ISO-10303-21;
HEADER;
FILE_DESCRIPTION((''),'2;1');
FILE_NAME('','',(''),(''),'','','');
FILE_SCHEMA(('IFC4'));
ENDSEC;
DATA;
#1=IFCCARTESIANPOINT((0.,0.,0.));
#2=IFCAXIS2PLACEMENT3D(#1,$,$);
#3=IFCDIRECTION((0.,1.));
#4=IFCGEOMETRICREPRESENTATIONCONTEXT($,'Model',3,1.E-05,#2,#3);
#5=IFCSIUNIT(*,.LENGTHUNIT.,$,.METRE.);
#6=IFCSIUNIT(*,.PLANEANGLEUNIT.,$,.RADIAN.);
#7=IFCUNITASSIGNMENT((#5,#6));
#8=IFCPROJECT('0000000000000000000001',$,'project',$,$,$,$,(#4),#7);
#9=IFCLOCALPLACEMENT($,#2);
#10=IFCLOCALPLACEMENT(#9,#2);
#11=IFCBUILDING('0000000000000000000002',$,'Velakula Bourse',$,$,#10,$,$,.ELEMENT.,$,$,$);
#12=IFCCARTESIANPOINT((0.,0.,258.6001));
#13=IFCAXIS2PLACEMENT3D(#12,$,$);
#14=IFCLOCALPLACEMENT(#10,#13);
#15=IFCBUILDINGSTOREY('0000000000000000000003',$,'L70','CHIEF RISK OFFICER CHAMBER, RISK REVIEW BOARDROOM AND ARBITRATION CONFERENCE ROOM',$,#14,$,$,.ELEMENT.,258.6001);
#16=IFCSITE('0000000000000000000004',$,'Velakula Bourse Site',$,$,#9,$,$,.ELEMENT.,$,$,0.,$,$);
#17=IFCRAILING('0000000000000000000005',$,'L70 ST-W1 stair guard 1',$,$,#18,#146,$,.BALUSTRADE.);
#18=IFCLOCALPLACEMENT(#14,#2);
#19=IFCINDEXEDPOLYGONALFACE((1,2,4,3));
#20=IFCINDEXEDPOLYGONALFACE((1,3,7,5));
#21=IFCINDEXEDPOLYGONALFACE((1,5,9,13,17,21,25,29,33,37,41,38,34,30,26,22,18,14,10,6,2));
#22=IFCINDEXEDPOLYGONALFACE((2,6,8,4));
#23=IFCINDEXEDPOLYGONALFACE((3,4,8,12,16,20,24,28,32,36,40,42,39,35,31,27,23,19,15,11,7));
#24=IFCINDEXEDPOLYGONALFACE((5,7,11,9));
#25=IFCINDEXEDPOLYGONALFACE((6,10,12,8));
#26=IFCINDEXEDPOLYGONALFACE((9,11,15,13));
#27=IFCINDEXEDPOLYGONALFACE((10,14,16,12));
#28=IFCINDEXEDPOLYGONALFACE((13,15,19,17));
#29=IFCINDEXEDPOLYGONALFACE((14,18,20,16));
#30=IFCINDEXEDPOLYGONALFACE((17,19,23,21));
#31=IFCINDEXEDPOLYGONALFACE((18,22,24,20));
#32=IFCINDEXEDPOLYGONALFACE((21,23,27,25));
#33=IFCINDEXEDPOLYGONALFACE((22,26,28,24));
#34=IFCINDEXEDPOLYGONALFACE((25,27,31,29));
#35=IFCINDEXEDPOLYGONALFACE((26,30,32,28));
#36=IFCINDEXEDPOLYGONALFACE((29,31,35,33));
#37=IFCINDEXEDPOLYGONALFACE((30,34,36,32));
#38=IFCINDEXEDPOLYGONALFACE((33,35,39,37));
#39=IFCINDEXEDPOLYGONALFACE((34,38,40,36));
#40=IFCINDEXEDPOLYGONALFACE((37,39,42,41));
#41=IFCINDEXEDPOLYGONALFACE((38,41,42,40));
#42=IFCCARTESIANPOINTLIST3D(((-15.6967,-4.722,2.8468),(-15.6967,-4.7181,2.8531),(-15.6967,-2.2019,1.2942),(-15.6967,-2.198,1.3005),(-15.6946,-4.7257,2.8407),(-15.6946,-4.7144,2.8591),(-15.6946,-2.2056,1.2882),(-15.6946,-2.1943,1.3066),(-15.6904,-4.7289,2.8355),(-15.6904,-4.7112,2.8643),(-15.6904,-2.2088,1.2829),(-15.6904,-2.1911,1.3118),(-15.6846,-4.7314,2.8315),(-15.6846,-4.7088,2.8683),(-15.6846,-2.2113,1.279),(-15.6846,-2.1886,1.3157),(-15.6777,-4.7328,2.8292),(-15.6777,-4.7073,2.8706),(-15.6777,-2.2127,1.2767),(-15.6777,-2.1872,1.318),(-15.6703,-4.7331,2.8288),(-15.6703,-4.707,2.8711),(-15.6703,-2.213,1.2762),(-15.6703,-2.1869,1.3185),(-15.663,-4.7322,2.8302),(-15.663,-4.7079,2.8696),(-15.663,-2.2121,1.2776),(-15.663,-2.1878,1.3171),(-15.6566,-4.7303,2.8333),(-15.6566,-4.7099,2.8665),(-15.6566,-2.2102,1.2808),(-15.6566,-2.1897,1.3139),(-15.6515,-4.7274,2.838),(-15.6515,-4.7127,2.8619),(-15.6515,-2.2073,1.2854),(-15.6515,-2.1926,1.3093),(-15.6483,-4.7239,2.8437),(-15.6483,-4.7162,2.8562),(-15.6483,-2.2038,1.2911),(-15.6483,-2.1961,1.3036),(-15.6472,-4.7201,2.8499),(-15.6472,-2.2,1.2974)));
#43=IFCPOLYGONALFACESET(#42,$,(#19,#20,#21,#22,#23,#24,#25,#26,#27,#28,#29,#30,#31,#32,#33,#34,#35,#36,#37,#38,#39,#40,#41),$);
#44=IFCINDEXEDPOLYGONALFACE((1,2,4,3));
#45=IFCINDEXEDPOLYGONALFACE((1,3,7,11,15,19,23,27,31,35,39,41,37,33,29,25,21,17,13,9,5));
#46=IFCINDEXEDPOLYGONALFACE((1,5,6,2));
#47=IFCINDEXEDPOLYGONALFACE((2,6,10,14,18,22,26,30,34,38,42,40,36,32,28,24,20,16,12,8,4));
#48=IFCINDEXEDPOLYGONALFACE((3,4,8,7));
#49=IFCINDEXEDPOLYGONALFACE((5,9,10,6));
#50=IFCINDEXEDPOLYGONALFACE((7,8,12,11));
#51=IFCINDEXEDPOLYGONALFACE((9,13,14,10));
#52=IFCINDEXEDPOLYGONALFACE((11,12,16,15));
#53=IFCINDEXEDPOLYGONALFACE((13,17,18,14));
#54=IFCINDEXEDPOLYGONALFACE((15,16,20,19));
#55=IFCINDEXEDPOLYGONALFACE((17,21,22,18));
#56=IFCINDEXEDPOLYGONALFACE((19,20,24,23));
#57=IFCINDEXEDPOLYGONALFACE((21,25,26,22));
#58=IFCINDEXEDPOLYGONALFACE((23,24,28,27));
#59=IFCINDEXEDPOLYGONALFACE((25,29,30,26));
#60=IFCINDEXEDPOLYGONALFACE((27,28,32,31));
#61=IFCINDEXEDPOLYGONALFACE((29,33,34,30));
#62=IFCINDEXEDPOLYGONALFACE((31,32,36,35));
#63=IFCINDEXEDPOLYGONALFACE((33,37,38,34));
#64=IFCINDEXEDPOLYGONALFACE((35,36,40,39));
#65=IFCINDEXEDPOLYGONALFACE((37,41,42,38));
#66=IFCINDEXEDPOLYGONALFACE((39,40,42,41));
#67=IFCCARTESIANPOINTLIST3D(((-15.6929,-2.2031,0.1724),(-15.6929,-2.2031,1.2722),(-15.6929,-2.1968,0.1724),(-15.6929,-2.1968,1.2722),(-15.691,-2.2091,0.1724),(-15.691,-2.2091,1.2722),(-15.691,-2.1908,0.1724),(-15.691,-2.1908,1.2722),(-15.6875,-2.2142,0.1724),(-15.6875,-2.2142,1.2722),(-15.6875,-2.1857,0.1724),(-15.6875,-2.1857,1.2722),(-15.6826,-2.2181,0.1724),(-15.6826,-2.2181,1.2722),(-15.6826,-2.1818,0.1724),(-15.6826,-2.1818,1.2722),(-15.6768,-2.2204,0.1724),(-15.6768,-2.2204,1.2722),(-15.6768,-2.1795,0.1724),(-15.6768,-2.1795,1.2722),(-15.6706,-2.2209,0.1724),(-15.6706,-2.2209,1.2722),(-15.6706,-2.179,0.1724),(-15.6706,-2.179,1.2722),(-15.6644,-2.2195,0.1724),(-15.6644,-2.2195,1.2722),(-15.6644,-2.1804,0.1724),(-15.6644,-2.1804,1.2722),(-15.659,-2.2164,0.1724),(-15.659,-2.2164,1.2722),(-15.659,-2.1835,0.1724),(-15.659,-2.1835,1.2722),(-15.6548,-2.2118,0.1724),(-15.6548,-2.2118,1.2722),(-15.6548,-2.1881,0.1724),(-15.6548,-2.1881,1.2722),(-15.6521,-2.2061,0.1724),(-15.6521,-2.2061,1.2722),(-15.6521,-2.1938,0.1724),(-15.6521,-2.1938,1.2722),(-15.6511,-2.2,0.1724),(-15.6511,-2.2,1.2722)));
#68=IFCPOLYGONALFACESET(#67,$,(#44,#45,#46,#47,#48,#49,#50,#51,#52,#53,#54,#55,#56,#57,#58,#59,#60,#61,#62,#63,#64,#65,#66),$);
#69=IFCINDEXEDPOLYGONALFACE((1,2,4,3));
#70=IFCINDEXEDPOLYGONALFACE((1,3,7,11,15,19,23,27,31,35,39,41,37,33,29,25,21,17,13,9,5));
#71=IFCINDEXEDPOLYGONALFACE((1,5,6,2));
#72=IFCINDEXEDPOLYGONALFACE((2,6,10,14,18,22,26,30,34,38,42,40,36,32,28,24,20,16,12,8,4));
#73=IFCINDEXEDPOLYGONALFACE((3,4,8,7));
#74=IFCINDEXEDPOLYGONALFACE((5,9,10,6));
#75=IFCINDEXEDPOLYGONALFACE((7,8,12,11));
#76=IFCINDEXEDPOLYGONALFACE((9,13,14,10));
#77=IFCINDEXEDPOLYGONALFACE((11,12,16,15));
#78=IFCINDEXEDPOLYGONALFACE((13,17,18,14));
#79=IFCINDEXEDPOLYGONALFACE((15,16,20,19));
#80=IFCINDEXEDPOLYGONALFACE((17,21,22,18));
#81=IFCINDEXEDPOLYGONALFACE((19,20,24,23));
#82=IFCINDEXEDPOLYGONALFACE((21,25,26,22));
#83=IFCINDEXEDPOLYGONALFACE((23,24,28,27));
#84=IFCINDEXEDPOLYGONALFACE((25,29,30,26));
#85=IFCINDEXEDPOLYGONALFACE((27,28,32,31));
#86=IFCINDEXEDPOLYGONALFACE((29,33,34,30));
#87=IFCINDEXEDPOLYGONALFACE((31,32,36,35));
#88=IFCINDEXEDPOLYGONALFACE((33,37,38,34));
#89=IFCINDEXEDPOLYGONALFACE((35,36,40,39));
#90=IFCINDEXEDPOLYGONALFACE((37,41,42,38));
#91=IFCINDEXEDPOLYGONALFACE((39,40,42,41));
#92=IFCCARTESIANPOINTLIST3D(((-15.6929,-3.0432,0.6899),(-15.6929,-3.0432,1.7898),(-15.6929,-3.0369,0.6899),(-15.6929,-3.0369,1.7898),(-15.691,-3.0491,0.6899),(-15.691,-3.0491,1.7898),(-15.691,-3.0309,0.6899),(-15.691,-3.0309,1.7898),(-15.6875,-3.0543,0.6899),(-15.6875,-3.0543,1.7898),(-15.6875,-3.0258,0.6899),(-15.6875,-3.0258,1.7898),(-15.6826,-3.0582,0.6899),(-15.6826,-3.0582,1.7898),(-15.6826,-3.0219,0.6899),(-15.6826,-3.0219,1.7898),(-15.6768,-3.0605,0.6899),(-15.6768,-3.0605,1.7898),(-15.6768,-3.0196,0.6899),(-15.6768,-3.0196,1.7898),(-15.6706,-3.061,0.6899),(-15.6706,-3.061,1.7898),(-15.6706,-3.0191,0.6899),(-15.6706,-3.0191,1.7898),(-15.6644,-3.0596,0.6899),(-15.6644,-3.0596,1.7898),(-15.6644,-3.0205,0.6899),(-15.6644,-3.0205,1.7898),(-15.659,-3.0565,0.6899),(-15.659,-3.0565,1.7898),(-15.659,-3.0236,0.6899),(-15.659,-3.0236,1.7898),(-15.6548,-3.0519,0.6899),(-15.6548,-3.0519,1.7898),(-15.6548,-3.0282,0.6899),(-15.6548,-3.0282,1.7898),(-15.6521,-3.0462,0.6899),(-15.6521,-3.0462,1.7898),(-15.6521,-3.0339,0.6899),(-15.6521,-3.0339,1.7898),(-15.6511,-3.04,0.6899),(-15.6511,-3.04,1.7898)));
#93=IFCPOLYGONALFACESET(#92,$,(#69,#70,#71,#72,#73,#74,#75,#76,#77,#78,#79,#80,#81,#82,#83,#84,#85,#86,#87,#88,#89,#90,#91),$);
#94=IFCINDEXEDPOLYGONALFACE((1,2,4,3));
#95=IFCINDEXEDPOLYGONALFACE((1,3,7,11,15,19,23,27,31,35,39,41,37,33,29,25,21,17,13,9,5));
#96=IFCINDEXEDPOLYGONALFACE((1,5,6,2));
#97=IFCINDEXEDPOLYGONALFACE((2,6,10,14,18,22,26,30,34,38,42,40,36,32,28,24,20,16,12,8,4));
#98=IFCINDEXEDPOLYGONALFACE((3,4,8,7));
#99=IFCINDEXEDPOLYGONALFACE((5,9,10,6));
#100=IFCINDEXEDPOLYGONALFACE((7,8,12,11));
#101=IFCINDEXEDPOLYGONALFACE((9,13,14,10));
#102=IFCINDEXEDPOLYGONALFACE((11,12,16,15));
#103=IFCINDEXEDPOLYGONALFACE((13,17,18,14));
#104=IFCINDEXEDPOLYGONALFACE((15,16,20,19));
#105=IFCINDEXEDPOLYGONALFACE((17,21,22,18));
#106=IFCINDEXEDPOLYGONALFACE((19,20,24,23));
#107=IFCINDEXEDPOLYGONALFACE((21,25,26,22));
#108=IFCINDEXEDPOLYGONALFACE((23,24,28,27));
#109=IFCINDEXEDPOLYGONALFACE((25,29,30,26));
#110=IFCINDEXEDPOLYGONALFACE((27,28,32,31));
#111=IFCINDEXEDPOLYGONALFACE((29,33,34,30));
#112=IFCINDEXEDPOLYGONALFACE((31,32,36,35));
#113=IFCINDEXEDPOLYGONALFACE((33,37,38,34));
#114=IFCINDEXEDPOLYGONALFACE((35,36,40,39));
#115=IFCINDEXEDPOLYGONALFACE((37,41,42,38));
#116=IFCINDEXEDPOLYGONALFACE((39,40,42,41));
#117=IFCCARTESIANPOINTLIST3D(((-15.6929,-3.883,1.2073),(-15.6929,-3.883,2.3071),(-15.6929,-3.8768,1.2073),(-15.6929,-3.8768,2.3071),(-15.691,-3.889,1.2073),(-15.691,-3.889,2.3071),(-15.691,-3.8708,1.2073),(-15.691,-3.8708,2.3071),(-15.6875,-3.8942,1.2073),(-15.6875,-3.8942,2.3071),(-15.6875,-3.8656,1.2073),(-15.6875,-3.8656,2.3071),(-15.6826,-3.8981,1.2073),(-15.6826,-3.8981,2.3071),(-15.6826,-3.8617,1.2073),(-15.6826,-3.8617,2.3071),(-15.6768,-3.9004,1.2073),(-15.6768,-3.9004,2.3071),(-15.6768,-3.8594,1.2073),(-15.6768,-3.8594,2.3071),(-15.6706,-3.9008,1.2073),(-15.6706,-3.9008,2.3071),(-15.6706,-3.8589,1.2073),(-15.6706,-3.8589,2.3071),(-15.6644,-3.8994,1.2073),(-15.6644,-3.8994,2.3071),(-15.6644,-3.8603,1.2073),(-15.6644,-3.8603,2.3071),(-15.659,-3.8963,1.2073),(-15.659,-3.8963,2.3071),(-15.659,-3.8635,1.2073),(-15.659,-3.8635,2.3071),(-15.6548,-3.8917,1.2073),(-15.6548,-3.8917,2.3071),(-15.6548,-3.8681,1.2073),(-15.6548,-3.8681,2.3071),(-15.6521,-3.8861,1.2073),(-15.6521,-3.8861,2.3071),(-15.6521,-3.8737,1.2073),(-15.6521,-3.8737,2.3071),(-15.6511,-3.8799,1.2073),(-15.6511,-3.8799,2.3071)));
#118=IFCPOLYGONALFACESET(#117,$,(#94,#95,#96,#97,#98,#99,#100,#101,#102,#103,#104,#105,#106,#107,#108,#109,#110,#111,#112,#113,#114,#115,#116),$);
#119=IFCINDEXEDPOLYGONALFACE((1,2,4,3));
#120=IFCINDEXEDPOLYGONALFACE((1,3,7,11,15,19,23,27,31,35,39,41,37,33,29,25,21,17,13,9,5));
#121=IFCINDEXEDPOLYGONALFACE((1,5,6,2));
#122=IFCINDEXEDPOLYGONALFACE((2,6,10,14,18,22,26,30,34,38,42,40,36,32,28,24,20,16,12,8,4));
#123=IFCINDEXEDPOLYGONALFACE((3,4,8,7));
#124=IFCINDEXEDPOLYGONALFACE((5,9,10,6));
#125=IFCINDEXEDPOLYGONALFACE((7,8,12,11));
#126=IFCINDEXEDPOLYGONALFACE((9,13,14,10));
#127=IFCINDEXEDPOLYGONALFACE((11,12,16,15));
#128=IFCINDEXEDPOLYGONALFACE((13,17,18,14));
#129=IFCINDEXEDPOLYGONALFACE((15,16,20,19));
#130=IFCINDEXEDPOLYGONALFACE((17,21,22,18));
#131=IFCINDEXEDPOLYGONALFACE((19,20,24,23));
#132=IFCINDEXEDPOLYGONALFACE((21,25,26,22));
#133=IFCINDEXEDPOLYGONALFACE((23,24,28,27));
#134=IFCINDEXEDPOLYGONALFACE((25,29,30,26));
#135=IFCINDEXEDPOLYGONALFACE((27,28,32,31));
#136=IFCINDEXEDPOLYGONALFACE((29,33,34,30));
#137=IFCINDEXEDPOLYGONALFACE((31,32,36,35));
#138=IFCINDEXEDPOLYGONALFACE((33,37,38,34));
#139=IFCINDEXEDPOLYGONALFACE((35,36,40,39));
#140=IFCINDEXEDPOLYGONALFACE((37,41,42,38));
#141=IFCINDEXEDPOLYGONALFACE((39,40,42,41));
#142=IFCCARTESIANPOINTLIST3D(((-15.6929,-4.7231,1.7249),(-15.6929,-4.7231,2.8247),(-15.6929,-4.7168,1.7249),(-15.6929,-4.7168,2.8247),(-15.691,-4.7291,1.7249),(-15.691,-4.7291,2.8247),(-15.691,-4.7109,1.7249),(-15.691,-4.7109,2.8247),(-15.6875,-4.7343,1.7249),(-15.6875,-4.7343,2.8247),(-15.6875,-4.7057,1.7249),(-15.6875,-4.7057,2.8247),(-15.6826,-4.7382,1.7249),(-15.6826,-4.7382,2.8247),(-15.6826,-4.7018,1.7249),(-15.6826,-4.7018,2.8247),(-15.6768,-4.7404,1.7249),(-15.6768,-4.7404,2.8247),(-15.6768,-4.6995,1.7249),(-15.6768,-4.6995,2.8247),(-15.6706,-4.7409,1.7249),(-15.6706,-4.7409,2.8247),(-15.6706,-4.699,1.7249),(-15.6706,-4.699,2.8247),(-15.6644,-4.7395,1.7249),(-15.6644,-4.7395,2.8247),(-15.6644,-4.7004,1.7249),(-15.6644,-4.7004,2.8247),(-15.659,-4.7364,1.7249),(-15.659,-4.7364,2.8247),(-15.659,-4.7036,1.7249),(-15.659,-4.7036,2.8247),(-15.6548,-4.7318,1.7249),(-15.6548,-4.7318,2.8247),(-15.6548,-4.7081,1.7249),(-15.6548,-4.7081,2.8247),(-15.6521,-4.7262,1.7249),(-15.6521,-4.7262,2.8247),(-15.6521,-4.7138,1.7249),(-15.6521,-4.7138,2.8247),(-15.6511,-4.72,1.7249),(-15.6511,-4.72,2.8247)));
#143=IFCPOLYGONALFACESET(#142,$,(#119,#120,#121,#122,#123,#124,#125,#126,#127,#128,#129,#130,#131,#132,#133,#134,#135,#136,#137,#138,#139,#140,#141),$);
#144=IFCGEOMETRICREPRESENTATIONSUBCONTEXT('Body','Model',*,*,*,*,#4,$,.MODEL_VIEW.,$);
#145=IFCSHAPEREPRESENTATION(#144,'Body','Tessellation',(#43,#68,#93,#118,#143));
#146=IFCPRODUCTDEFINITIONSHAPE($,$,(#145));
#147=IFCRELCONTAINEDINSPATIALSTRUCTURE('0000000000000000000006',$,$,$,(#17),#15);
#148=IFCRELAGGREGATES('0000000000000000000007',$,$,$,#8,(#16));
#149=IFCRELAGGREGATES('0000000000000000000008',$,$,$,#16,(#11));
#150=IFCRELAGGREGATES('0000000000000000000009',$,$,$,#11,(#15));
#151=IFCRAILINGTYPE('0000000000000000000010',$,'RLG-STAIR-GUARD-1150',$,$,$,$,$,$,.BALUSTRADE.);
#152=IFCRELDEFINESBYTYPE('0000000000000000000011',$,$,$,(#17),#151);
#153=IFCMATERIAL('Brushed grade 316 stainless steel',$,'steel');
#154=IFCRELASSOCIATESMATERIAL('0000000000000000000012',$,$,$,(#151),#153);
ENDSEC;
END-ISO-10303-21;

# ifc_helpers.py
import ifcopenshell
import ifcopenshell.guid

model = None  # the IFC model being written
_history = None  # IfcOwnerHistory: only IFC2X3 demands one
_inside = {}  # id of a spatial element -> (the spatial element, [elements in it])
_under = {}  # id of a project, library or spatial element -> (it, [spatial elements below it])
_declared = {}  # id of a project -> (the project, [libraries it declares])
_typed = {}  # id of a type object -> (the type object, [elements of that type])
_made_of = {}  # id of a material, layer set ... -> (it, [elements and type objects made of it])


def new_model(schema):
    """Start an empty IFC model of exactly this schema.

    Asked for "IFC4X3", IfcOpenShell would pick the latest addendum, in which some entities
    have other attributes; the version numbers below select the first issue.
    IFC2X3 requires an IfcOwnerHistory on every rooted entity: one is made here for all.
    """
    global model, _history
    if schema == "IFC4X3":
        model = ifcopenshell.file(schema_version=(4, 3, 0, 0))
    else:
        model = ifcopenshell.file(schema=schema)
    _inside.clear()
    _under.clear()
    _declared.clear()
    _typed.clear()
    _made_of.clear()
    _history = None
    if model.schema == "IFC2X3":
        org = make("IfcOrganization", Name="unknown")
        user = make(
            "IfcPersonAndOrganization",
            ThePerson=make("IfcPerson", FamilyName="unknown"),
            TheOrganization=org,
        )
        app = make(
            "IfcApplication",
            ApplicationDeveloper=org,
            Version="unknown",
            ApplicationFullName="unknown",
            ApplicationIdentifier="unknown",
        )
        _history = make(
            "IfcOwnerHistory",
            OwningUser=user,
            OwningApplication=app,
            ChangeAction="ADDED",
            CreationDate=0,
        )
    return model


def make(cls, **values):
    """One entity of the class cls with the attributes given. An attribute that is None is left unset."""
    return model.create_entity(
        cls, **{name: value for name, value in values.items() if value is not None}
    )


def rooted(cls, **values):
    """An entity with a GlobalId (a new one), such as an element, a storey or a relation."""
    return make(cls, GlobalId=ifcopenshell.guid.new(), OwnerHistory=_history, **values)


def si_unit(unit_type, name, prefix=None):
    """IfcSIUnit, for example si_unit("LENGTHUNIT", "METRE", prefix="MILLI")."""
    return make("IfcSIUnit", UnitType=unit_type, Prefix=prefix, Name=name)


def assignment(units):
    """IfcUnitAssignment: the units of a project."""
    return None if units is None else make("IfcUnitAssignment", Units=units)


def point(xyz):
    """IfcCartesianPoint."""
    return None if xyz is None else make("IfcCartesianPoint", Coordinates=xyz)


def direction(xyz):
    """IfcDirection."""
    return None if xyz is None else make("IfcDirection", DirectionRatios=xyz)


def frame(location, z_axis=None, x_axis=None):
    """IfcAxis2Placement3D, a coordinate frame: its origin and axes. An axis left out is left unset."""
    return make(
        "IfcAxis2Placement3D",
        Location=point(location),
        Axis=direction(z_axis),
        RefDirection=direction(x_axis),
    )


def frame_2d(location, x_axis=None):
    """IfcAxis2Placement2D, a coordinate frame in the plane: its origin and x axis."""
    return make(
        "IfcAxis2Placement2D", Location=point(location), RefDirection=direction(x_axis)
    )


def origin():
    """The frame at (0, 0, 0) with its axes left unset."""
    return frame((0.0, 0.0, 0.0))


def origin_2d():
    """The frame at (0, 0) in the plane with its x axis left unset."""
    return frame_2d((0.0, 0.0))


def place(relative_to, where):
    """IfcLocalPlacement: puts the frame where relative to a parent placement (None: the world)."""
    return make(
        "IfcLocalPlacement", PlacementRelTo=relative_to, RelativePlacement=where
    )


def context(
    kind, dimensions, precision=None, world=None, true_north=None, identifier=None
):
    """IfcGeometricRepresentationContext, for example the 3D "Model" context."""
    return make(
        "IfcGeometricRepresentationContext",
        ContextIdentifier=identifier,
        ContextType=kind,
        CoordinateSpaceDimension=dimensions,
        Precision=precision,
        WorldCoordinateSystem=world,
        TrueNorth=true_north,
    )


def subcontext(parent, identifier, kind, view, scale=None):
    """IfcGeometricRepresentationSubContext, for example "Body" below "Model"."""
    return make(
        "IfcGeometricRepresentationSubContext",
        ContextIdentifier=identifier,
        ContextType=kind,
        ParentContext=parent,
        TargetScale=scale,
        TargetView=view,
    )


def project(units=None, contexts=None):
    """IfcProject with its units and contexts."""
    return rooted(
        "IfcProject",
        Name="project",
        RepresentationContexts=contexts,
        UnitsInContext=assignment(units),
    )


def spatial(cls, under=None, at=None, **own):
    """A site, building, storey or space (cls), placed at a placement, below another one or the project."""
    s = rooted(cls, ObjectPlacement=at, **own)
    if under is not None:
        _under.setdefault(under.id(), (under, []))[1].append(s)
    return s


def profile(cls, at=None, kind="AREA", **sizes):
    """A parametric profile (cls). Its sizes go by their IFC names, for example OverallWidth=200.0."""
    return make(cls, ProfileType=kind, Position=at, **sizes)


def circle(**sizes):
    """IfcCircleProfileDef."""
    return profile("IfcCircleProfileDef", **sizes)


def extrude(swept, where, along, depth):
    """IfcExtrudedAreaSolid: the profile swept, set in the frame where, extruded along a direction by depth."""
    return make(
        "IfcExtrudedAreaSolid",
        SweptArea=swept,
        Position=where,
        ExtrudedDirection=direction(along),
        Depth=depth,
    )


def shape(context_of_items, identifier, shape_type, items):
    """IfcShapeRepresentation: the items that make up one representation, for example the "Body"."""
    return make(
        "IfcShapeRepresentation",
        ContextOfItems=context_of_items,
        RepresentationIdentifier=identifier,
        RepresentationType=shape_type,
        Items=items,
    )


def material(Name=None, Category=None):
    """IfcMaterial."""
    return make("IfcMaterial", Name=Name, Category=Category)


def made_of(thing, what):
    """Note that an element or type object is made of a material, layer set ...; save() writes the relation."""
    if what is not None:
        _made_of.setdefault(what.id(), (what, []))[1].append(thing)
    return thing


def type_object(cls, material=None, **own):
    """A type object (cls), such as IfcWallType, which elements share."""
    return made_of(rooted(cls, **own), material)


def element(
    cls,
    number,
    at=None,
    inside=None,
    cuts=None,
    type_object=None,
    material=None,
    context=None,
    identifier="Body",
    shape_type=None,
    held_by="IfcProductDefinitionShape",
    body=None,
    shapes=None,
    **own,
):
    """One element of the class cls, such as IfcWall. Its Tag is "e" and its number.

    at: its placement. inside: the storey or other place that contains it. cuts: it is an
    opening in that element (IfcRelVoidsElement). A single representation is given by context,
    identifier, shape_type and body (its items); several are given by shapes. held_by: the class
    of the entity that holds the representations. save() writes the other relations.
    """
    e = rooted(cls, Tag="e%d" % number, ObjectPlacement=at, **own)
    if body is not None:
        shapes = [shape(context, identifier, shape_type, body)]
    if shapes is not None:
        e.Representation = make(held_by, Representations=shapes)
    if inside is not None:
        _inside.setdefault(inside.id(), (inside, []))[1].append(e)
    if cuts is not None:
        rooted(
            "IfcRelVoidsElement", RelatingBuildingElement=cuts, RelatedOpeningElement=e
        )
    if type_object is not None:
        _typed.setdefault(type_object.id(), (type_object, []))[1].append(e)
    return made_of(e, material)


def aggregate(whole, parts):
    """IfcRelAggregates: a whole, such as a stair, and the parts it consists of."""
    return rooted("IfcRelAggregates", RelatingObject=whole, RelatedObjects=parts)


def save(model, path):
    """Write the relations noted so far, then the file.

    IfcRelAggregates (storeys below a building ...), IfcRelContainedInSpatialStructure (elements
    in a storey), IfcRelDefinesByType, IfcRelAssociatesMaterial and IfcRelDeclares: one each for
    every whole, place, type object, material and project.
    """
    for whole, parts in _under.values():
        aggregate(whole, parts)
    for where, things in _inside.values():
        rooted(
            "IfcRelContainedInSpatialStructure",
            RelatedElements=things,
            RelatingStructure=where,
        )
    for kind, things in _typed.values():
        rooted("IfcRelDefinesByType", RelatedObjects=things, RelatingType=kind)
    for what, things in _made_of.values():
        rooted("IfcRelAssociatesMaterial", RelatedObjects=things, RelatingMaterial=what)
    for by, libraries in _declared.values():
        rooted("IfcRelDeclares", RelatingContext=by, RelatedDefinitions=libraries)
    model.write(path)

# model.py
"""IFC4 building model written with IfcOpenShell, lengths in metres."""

from ifc_helpers import new_model, si_unit, direction, frame, origin, origin_2d, place, context, subcontext, project, spatial, circle, extrude, material, type_object, element, save


model = new_model("IFC4")

# Units and contexts
model_context = context("Model", 3, precision=1e-05, world=origin(), true_north=direction((0.0, 1.0)))
body_context = subcontext(model_context, "Body", "Model", "MODEL_VIEW")
ifc_project = project(units=[si_unit("LENGTHUNIT", "METRE"), si_unit("PLANEANGLEUNIT", "RADIAN")], contexts=[model_context])

# Site, building, storey
site_placement = place(None, origin())
site = spatial("IfcSite", under=ifc_project, at=site_placement, Name="Velakula Bourse Site", CompositionType="ELEMENT", RefElevation=0.0)
building_placement = place(site_placement, origin())
building = spatial("IfcBuilding", under=site, at=building_placement, Name="Velakula Bourse", CompositionType="ELEMENT")
storey_placement = place(building_placement, frame((0.0, 0.0, 258.6001)))
storey = spatial("IfcBuildingStorey", under=building, at=storey_placement, Name="L70", Description="CHIEF RISK OFFICER CHAMBER, RISK REVIEW BOARDROOM AND ARBITRATION CONFERENCE ROOM", CompositionType="ELEMENT", Elevation=258.6001)

# Shared definitions
ifc_material_1 = material(Name="Brushed grade 316 stainless steel", Category="steel")

# Railing
railing_type = type_object("IfcRailingType", Name="RLG-STAIR-GUARD-1150", PredefinedType="BALUSTRADE", material=ifc_material_1)
railing_1_placement = place(storey_placement, frame((-15.6721, -2.2, 0.1724)))
element("IfcRailing", 1, at=railing_1_placement, inside=storey, type_object=railing_type, Name="L70 ST-W1 stair guard 1", PredefinedType="BALUSTRADE", context=body_context, shape_type="SweptSolid", body=[
    extrude(circle(Radius=0.0249, at=origin_2d()), frame((0.0, 0.0, 1.125), z_axis=(0.0, -0.8514, 0.524516), x_axis=(1.0, 0.0, 0.0)), (0.0, 0.0, 1.0), 2.96),
    extrude(circle(Radius=0.021, at=origin_2d()), origin(), (0.0, 0.0, 1.0), 1.0999),
    extrude(circle(Radius=0.021, at=origin_2d()), frame((0.0, -0.8401, 0.5176)), (0.0, 0.0, 1.0), 1.0999),
    extrude(circle(Radius=0.021, at=origin_2d()), frame((0.0, -1.6799, 1.0349)), (0.0, 0.0, 1.0), 1.0999),
    extrude(circle(Radius=0.021, at=origin_2d()), frame((0.0, -2.52, 1.5525)), (0.0, 0.0, 1.0), 1.0999),
])

save(model, "model.ifc")
